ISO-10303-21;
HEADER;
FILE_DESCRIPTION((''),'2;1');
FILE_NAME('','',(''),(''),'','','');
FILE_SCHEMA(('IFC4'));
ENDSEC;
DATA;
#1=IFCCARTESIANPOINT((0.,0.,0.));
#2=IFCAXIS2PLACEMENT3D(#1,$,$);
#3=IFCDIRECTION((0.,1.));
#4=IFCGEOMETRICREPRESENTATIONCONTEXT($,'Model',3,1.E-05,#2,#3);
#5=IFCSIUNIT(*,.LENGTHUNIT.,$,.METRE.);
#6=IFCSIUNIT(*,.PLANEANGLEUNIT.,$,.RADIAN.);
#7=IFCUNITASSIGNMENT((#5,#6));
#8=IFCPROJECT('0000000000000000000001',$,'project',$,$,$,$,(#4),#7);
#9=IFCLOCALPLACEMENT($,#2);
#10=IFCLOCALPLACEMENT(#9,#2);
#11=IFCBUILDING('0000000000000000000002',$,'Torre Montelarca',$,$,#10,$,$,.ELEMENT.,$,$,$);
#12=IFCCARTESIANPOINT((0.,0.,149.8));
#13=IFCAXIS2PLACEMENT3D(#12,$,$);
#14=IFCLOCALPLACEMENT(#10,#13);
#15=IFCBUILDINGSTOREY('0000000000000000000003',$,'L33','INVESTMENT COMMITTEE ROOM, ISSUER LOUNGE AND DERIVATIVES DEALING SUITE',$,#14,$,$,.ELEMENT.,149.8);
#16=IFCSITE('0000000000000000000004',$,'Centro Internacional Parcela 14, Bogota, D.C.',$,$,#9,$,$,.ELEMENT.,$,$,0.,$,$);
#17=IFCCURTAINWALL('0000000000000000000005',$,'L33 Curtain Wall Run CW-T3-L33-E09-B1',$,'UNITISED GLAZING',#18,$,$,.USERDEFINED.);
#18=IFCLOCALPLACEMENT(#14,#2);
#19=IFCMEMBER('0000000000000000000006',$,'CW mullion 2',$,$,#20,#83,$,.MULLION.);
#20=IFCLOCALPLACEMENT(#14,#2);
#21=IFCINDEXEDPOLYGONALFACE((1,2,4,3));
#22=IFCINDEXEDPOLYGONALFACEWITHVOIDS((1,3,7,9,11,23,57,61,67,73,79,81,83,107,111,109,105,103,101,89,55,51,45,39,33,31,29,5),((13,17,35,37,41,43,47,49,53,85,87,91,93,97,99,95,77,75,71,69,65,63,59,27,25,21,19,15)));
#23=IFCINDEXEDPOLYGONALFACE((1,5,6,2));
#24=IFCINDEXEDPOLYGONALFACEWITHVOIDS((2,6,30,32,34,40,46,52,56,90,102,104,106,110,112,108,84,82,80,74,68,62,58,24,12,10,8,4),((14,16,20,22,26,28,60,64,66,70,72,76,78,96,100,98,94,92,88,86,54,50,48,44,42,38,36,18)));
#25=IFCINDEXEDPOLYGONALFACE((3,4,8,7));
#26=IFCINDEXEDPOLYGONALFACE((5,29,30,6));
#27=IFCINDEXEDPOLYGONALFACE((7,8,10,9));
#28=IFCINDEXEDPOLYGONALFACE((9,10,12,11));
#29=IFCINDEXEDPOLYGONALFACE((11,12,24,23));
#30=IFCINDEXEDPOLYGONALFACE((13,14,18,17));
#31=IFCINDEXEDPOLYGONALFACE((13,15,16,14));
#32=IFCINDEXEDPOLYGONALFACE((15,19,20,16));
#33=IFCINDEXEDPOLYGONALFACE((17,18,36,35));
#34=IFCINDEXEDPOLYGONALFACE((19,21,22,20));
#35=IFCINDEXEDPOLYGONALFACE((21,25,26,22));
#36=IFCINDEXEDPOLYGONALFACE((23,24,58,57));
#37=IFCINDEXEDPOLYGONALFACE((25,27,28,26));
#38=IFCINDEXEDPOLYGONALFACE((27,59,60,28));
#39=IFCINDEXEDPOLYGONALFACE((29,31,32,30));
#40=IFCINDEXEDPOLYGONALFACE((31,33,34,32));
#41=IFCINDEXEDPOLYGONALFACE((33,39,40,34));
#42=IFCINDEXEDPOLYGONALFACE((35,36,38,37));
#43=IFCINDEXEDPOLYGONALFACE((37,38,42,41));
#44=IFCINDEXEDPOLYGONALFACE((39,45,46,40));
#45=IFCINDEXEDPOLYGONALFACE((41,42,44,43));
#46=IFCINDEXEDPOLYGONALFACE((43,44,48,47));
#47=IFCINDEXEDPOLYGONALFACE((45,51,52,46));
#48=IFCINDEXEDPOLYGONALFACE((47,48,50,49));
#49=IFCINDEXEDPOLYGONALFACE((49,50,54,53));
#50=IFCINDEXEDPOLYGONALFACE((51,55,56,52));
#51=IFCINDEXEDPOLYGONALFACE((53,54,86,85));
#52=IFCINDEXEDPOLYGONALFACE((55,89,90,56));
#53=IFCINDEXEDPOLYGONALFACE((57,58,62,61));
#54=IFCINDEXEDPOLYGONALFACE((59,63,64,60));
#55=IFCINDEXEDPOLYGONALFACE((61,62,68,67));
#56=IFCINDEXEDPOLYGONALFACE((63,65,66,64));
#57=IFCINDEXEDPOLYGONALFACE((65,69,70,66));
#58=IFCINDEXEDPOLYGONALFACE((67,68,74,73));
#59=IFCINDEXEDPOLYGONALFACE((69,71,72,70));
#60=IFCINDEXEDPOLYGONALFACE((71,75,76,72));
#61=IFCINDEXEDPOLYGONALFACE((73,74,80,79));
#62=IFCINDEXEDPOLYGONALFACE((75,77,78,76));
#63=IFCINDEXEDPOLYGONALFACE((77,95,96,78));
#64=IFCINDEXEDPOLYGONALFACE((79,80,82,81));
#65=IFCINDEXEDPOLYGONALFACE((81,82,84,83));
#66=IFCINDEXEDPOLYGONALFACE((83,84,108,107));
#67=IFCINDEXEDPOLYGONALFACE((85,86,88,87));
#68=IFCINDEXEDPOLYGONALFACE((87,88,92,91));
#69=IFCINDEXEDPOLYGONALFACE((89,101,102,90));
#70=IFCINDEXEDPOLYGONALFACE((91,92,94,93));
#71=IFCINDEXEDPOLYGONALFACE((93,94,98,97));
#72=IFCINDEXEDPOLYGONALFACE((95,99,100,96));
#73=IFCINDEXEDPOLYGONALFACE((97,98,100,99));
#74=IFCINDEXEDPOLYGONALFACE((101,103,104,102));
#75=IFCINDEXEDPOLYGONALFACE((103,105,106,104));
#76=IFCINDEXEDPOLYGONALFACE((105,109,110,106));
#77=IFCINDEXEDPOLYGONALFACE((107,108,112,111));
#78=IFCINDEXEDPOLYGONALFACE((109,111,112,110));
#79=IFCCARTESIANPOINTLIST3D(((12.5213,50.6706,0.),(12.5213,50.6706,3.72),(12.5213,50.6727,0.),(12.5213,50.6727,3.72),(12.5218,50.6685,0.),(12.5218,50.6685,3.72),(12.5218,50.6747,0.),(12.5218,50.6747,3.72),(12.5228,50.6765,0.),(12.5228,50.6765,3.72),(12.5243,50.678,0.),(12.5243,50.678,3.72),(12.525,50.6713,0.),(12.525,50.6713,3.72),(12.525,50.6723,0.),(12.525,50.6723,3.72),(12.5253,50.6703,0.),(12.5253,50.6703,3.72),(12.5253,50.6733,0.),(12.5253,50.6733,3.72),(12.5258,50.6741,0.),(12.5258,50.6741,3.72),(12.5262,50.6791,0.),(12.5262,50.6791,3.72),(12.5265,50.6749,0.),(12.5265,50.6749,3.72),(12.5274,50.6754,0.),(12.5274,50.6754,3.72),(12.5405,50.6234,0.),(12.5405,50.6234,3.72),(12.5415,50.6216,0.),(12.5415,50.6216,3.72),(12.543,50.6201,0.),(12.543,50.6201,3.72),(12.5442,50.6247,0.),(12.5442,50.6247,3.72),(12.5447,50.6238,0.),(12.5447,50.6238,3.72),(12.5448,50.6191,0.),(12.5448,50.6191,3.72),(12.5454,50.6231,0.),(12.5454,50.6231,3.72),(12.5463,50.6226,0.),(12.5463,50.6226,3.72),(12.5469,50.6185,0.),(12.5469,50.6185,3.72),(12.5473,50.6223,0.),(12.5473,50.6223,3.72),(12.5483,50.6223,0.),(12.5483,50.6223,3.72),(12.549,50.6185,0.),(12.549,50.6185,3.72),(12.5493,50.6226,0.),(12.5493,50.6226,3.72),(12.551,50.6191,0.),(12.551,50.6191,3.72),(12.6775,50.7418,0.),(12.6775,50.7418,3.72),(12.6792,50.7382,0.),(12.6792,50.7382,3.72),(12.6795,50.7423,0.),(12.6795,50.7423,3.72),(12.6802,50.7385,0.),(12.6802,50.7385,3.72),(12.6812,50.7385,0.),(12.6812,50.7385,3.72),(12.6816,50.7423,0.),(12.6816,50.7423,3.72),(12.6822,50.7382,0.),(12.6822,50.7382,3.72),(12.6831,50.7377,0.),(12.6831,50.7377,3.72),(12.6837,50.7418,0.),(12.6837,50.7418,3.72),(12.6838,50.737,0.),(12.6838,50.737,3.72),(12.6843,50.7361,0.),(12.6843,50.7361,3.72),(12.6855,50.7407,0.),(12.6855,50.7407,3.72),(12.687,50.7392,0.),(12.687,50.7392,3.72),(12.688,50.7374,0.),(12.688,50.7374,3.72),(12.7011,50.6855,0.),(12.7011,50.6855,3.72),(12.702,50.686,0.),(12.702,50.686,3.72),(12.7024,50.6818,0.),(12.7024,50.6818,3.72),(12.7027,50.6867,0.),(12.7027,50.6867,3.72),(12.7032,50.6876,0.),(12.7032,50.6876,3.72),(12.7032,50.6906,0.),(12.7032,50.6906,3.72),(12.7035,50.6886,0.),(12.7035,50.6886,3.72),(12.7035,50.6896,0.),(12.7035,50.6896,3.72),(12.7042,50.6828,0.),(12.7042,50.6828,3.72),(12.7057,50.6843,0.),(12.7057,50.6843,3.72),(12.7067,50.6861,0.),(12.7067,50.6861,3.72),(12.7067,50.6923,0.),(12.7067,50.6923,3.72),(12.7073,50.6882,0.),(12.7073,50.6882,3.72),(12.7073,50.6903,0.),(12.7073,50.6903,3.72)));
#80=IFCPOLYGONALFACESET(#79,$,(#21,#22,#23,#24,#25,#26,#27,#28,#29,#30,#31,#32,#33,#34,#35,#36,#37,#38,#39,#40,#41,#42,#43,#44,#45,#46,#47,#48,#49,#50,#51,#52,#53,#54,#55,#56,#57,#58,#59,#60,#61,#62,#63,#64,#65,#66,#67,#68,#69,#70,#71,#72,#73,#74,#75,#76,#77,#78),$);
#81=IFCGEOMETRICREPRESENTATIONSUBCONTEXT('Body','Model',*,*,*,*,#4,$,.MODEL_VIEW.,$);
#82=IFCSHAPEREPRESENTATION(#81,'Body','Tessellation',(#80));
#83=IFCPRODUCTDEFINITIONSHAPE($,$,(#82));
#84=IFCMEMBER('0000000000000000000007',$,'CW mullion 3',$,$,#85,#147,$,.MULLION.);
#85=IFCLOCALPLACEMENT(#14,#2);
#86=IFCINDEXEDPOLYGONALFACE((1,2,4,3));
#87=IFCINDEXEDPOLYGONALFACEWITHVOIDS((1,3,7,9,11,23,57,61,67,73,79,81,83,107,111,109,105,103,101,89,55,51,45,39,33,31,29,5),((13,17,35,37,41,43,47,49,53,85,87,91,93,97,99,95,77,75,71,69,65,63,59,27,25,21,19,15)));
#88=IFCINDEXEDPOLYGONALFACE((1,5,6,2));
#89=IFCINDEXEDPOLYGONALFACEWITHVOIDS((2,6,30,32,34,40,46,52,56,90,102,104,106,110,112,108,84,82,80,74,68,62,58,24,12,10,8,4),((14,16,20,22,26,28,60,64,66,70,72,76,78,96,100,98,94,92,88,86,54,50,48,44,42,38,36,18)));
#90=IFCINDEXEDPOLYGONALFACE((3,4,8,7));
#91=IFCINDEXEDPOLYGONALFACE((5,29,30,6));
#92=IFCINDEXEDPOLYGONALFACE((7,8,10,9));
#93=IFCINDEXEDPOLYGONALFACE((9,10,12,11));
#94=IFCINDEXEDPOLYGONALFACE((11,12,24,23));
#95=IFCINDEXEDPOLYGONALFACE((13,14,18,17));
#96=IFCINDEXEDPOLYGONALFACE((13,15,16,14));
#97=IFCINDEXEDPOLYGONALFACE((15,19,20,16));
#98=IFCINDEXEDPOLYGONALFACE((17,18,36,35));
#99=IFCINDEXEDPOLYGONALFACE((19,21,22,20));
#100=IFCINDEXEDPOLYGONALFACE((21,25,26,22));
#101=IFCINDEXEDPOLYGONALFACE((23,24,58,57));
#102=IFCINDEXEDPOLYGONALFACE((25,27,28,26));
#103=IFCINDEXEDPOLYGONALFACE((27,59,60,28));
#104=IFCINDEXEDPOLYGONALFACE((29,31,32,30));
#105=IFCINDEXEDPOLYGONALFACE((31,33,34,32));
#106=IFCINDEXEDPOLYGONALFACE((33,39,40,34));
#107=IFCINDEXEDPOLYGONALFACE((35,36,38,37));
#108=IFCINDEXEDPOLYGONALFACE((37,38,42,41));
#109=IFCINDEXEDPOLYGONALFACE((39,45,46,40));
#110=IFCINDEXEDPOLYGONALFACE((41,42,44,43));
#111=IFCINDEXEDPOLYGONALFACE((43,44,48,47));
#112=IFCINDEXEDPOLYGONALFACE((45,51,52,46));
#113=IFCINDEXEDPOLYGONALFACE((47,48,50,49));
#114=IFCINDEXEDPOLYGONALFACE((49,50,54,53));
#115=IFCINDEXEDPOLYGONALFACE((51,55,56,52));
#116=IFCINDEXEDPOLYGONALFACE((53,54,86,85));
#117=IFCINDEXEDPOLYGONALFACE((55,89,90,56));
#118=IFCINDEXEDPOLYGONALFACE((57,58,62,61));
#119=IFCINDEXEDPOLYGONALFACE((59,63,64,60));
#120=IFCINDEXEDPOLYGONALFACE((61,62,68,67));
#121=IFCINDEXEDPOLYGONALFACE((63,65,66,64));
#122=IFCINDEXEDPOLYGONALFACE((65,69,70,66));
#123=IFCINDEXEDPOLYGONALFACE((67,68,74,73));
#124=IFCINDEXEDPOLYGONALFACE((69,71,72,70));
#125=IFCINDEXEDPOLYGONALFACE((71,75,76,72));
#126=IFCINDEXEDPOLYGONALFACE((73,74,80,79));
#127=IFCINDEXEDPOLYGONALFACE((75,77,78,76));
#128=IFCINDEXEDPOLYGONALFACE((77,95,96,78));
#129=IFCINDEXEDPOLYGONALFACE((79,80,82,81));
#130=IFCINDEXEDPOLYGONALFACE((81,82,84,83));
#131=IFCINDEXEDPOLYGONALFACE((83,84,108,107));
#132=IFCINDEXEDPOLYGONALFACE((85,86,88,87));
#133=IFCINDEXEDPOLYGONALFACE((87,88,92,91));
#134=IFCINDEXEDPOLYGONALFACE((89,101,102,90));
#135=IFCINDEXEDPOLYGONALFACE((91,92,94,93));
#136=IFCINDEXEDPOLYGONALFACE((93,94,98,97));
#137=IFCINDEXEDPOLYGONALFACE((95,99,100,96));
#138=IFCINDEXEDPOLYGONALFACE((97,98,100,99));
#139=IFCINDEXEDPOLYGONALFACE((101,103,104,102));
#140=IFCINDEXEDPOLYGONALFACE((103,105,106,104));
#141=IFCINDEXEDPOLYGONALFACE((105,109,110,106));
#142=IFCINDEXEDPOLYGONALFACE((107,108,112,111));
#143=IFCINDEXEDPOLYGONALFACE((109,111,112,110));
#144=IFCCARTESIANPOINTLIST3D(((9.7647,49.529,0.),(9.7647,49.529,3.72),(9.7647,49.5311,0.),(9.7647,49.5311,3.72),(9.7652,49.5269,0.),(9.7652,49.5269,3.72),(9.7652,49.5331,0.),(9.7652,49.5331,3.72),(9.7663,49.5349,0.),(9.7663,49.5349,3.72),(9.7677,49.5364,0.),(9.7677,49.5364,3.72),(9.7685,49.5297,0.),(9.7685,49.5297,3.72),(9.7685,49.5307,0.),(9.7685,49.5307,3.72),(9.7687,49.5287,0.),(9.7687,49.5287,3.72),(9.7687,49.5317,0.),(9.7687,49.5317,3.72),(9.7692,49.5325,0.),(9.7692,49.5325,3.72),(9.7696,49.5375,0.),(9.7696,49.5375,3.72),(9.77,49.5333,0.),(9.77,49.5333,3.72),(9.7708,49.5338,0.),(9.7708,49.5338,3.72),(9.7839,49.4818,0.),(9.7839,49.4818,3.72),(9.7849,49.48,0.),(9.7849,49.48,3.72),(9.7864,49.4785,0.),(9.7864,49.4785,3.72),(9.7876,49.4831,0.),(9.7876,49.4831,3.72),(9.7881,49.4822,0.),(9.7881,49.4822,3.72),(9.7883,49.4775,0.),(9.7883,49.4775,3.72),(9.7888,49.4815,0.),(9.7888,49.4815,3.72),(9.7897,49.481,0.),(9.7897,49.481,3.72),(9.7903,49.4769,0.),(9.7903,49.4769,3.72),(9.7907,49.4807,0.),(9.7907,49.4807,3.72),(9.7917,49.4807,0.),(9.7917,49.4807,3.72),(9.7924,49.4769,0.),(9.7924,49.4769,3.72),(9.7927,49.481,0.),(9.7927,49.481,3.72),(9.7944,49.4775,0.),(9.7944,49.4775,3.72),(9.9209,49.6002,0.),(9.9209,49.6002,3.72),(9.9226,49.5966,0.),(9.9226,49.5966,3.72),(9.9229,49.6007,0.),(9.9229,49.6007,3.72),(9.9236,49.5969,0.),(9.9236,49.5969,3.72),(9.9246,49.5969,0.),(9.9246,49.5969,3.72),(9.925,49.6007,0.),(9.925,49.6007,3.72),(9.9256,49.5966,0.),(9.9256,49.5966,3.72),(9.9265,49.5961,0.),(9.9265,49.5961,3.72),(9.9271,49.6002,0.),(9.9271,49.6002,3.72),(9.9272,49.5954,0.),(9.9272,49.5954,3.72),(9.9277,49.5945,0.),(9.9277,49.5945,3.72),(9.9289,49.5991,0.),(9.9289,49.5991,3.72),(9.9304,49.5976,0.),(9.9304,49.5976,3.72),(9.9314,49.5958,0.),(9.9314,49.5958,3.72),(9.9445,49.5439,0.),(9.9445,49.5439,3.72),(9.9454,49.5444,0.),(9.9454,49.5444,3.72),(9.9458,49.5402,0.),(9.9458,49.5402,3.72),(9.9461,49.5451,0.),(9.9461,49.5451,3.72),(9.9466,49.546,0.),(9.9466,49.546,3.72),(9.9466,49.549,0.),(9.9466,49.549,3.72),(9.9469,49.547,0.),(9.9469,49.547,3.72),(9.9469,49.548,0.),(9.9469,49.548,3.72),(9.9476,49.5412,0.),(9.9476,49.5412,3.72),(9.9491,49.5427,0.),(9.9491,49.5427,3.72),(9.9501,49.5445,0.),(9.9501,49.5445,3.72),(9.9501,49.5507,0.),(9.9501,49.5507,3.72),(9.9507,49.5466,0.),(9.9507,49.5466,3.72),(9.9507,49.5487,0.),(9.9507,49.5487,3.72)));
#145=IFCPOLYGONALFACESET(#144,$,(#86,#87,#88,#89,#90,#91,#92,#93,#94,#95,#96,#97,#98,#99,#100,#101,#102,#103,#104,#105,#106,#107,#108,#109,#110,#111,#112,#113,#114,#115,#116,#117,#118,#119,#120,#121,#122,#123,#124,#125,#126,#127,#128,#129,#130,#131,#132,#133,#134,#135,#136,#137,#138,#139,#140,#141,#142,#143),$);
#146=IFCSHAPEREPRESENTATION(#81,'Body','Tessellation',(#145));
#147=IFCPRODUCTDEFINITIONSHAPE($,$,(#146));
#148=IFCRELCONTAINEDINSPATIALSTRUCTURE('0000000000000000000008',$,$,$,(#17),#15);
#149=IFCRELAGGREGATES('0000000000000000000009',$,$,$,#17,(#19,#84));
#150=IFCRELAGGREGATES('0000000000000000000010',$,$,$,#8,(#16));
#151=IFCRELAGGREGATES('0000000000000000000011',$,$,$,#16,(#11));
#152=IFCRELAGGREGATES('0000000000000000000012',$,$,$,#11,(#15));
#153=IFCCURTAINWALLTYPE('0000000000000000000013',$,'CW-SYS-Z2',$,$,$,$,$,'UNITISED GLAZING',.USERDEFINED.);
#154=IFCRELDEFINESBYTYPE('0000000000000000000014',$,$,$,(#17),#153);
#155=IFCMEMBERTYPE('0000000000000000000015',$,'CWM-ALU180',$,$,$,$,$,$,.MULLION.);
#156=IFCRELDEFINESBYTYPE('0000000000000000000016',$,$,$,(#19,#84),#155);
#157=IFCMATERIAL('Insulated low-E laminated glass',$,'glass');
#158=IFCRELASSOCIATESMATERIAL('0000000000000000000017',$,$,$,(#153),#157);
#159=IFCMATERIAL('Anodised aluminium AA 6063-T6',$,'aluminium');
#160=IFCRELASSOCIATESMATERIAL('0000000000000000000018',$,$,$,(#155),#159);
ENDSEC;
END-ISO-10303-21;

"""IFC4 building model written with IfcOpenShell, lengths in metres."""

from ifc_helpers import new_model, si_unit, direction, frame, origin, origin_2d, place, context, subcontext, project, spatial, hollow_rectangle, extrude, source, transform, mapped, material, material_profile, profile_set, type_object, element, aggregate, save


model = new_model("IFC4")

# Units and contexts
model_context = context("Model", 3, precision=1e-05, world=origin(), true_north=direction((0.0, 1.0)))
body_context = subcontext(model_context, "Body", "Model", "MODEL_VIEW")
ifc_project = project(units=[si_unit("LENGTHUNIT", "METRE"), si_unit("PLANEANGLEUNIT", "RADIAN")], contexts=[model_context])

# Site, building, storey
site_placement = place(None, origin())
site = spatial("IfcSite", under=ifc_project, at=site_placement, Name="Centro Internacional Parcela 14, Bogota, D.C.", CompositionType="ELEMENT", RefElevation=0.0)
building_placement = place(site_placement, origin())
building = spatial("IfcBuilding", under=site, at=building_placement, Name="Torre Montelarca", CompositionType="ELEMENT")
storey_placement = place(building_placement, frame((0.0, 0.0, 149.8)))
storey = spatial("IfcBuildingStorey", under=building, at=storey_placement, Name="L33", Description="INVESTMENT COMMITTEE ROOM, ISSUER LOUNGE AND DERIVATIVES DEALING SUITE", CompositionType="ELEMENT", Elevation=149.8)

# Curtain wall
ifc_material_1 = material(Name="Insulated low-E laminated glass", Category="glass")
curtain_wall_type = type_object("IfcCurtainWallType", Name="CW-SYS-Z2", ElementType="UNITISED GLAZING", PredefinedType="USERDEFINED", material=ifc_material_1)
curtain_wall_1_placement = place(storey_placement, origin())
curtain_wall_1 = element("IfcCurtainWall", 1, at=curtain_wall_1_placement, inside=storey, type_object=curtain_wall_type, Name="L33 Curtain Wall Run CW-T3-L33-E09-B1", ObjectType="UNITISED GLAZING", PredefinedType="USERDEFINED")
ifc_material_2 = material(Name="Anodised aluminium AA 6063-T6", Category="aluminium")

# Members
ifc_material_profile_1 = material_profile(ifc_material_2, hollow_rectangle(XDim=0.0649, YDim=0.1799, WallThickness=0.0039, InnerFilletRadius=0.0039, OuterFilletRadius=0.0081, at=origin_2d()), Name="ALU65X180X4", Category="aluminium")
ifc_profile_set_1 = profile_set([ifc_material_profile_1], Name="Anodised aluminium AA 6063-T6")
member_type_1 = type_object("IfcMemberType", Name="CWM-ALU180", PredefinedType="MULLION", material=ifc_profile_set_1)
shared_shape_1 = source(origin(), body_context, "Body", "SweptSolid", [
    extrude(hollow_rectangle(XDim=0.0649, YDim=0.1799, WallThickness=0.0039, InnerFilletRadius=0.0039, OuterFilletRadius=0.0081, at=origin_2d()), origin(), (0.0, 0.0, 1.0), 3.72),
])
member_1_placement = place(storey_placement, frame((12.6143, 50.6804, 0.0), z_axis=(0.0, 0.0, 1.0), x_axis=(0.382676, -0.923883, 0.0)))
member_1 = element("IfcMember", 2, at=member_1_placement, type_object=member_type_1, Name="CW mullion 2", PredefinedType="MULLION", context=body_context, shape_type="MappedRepresentation", body=[
    mapped(shared_shape_1, transform((0.0, 0.0, 0.0), scale=1.0)),
])
member_2_placement = place(storey_placement, frame((9.8577, 49.5388, 0.0), z_axis=(0.0, 0.0, 1.0), x_axis=(0.382676, -0.923883, 0.0)))
member_2 = element("IfcMember", 3, at=member_2_placement, type_object=member_type_1, Name="CW mullion 3", PredefinedType="MULLION", context=body_context, shape_type="MappedRepresentation", body=[
    mapped(shared_shape_1, transform((0.0, 0.0, 0.0), scale=1.0)),
])

aggregate(curtain_wall_1, [member_1, member_2])

save(model, "model.ifc")
